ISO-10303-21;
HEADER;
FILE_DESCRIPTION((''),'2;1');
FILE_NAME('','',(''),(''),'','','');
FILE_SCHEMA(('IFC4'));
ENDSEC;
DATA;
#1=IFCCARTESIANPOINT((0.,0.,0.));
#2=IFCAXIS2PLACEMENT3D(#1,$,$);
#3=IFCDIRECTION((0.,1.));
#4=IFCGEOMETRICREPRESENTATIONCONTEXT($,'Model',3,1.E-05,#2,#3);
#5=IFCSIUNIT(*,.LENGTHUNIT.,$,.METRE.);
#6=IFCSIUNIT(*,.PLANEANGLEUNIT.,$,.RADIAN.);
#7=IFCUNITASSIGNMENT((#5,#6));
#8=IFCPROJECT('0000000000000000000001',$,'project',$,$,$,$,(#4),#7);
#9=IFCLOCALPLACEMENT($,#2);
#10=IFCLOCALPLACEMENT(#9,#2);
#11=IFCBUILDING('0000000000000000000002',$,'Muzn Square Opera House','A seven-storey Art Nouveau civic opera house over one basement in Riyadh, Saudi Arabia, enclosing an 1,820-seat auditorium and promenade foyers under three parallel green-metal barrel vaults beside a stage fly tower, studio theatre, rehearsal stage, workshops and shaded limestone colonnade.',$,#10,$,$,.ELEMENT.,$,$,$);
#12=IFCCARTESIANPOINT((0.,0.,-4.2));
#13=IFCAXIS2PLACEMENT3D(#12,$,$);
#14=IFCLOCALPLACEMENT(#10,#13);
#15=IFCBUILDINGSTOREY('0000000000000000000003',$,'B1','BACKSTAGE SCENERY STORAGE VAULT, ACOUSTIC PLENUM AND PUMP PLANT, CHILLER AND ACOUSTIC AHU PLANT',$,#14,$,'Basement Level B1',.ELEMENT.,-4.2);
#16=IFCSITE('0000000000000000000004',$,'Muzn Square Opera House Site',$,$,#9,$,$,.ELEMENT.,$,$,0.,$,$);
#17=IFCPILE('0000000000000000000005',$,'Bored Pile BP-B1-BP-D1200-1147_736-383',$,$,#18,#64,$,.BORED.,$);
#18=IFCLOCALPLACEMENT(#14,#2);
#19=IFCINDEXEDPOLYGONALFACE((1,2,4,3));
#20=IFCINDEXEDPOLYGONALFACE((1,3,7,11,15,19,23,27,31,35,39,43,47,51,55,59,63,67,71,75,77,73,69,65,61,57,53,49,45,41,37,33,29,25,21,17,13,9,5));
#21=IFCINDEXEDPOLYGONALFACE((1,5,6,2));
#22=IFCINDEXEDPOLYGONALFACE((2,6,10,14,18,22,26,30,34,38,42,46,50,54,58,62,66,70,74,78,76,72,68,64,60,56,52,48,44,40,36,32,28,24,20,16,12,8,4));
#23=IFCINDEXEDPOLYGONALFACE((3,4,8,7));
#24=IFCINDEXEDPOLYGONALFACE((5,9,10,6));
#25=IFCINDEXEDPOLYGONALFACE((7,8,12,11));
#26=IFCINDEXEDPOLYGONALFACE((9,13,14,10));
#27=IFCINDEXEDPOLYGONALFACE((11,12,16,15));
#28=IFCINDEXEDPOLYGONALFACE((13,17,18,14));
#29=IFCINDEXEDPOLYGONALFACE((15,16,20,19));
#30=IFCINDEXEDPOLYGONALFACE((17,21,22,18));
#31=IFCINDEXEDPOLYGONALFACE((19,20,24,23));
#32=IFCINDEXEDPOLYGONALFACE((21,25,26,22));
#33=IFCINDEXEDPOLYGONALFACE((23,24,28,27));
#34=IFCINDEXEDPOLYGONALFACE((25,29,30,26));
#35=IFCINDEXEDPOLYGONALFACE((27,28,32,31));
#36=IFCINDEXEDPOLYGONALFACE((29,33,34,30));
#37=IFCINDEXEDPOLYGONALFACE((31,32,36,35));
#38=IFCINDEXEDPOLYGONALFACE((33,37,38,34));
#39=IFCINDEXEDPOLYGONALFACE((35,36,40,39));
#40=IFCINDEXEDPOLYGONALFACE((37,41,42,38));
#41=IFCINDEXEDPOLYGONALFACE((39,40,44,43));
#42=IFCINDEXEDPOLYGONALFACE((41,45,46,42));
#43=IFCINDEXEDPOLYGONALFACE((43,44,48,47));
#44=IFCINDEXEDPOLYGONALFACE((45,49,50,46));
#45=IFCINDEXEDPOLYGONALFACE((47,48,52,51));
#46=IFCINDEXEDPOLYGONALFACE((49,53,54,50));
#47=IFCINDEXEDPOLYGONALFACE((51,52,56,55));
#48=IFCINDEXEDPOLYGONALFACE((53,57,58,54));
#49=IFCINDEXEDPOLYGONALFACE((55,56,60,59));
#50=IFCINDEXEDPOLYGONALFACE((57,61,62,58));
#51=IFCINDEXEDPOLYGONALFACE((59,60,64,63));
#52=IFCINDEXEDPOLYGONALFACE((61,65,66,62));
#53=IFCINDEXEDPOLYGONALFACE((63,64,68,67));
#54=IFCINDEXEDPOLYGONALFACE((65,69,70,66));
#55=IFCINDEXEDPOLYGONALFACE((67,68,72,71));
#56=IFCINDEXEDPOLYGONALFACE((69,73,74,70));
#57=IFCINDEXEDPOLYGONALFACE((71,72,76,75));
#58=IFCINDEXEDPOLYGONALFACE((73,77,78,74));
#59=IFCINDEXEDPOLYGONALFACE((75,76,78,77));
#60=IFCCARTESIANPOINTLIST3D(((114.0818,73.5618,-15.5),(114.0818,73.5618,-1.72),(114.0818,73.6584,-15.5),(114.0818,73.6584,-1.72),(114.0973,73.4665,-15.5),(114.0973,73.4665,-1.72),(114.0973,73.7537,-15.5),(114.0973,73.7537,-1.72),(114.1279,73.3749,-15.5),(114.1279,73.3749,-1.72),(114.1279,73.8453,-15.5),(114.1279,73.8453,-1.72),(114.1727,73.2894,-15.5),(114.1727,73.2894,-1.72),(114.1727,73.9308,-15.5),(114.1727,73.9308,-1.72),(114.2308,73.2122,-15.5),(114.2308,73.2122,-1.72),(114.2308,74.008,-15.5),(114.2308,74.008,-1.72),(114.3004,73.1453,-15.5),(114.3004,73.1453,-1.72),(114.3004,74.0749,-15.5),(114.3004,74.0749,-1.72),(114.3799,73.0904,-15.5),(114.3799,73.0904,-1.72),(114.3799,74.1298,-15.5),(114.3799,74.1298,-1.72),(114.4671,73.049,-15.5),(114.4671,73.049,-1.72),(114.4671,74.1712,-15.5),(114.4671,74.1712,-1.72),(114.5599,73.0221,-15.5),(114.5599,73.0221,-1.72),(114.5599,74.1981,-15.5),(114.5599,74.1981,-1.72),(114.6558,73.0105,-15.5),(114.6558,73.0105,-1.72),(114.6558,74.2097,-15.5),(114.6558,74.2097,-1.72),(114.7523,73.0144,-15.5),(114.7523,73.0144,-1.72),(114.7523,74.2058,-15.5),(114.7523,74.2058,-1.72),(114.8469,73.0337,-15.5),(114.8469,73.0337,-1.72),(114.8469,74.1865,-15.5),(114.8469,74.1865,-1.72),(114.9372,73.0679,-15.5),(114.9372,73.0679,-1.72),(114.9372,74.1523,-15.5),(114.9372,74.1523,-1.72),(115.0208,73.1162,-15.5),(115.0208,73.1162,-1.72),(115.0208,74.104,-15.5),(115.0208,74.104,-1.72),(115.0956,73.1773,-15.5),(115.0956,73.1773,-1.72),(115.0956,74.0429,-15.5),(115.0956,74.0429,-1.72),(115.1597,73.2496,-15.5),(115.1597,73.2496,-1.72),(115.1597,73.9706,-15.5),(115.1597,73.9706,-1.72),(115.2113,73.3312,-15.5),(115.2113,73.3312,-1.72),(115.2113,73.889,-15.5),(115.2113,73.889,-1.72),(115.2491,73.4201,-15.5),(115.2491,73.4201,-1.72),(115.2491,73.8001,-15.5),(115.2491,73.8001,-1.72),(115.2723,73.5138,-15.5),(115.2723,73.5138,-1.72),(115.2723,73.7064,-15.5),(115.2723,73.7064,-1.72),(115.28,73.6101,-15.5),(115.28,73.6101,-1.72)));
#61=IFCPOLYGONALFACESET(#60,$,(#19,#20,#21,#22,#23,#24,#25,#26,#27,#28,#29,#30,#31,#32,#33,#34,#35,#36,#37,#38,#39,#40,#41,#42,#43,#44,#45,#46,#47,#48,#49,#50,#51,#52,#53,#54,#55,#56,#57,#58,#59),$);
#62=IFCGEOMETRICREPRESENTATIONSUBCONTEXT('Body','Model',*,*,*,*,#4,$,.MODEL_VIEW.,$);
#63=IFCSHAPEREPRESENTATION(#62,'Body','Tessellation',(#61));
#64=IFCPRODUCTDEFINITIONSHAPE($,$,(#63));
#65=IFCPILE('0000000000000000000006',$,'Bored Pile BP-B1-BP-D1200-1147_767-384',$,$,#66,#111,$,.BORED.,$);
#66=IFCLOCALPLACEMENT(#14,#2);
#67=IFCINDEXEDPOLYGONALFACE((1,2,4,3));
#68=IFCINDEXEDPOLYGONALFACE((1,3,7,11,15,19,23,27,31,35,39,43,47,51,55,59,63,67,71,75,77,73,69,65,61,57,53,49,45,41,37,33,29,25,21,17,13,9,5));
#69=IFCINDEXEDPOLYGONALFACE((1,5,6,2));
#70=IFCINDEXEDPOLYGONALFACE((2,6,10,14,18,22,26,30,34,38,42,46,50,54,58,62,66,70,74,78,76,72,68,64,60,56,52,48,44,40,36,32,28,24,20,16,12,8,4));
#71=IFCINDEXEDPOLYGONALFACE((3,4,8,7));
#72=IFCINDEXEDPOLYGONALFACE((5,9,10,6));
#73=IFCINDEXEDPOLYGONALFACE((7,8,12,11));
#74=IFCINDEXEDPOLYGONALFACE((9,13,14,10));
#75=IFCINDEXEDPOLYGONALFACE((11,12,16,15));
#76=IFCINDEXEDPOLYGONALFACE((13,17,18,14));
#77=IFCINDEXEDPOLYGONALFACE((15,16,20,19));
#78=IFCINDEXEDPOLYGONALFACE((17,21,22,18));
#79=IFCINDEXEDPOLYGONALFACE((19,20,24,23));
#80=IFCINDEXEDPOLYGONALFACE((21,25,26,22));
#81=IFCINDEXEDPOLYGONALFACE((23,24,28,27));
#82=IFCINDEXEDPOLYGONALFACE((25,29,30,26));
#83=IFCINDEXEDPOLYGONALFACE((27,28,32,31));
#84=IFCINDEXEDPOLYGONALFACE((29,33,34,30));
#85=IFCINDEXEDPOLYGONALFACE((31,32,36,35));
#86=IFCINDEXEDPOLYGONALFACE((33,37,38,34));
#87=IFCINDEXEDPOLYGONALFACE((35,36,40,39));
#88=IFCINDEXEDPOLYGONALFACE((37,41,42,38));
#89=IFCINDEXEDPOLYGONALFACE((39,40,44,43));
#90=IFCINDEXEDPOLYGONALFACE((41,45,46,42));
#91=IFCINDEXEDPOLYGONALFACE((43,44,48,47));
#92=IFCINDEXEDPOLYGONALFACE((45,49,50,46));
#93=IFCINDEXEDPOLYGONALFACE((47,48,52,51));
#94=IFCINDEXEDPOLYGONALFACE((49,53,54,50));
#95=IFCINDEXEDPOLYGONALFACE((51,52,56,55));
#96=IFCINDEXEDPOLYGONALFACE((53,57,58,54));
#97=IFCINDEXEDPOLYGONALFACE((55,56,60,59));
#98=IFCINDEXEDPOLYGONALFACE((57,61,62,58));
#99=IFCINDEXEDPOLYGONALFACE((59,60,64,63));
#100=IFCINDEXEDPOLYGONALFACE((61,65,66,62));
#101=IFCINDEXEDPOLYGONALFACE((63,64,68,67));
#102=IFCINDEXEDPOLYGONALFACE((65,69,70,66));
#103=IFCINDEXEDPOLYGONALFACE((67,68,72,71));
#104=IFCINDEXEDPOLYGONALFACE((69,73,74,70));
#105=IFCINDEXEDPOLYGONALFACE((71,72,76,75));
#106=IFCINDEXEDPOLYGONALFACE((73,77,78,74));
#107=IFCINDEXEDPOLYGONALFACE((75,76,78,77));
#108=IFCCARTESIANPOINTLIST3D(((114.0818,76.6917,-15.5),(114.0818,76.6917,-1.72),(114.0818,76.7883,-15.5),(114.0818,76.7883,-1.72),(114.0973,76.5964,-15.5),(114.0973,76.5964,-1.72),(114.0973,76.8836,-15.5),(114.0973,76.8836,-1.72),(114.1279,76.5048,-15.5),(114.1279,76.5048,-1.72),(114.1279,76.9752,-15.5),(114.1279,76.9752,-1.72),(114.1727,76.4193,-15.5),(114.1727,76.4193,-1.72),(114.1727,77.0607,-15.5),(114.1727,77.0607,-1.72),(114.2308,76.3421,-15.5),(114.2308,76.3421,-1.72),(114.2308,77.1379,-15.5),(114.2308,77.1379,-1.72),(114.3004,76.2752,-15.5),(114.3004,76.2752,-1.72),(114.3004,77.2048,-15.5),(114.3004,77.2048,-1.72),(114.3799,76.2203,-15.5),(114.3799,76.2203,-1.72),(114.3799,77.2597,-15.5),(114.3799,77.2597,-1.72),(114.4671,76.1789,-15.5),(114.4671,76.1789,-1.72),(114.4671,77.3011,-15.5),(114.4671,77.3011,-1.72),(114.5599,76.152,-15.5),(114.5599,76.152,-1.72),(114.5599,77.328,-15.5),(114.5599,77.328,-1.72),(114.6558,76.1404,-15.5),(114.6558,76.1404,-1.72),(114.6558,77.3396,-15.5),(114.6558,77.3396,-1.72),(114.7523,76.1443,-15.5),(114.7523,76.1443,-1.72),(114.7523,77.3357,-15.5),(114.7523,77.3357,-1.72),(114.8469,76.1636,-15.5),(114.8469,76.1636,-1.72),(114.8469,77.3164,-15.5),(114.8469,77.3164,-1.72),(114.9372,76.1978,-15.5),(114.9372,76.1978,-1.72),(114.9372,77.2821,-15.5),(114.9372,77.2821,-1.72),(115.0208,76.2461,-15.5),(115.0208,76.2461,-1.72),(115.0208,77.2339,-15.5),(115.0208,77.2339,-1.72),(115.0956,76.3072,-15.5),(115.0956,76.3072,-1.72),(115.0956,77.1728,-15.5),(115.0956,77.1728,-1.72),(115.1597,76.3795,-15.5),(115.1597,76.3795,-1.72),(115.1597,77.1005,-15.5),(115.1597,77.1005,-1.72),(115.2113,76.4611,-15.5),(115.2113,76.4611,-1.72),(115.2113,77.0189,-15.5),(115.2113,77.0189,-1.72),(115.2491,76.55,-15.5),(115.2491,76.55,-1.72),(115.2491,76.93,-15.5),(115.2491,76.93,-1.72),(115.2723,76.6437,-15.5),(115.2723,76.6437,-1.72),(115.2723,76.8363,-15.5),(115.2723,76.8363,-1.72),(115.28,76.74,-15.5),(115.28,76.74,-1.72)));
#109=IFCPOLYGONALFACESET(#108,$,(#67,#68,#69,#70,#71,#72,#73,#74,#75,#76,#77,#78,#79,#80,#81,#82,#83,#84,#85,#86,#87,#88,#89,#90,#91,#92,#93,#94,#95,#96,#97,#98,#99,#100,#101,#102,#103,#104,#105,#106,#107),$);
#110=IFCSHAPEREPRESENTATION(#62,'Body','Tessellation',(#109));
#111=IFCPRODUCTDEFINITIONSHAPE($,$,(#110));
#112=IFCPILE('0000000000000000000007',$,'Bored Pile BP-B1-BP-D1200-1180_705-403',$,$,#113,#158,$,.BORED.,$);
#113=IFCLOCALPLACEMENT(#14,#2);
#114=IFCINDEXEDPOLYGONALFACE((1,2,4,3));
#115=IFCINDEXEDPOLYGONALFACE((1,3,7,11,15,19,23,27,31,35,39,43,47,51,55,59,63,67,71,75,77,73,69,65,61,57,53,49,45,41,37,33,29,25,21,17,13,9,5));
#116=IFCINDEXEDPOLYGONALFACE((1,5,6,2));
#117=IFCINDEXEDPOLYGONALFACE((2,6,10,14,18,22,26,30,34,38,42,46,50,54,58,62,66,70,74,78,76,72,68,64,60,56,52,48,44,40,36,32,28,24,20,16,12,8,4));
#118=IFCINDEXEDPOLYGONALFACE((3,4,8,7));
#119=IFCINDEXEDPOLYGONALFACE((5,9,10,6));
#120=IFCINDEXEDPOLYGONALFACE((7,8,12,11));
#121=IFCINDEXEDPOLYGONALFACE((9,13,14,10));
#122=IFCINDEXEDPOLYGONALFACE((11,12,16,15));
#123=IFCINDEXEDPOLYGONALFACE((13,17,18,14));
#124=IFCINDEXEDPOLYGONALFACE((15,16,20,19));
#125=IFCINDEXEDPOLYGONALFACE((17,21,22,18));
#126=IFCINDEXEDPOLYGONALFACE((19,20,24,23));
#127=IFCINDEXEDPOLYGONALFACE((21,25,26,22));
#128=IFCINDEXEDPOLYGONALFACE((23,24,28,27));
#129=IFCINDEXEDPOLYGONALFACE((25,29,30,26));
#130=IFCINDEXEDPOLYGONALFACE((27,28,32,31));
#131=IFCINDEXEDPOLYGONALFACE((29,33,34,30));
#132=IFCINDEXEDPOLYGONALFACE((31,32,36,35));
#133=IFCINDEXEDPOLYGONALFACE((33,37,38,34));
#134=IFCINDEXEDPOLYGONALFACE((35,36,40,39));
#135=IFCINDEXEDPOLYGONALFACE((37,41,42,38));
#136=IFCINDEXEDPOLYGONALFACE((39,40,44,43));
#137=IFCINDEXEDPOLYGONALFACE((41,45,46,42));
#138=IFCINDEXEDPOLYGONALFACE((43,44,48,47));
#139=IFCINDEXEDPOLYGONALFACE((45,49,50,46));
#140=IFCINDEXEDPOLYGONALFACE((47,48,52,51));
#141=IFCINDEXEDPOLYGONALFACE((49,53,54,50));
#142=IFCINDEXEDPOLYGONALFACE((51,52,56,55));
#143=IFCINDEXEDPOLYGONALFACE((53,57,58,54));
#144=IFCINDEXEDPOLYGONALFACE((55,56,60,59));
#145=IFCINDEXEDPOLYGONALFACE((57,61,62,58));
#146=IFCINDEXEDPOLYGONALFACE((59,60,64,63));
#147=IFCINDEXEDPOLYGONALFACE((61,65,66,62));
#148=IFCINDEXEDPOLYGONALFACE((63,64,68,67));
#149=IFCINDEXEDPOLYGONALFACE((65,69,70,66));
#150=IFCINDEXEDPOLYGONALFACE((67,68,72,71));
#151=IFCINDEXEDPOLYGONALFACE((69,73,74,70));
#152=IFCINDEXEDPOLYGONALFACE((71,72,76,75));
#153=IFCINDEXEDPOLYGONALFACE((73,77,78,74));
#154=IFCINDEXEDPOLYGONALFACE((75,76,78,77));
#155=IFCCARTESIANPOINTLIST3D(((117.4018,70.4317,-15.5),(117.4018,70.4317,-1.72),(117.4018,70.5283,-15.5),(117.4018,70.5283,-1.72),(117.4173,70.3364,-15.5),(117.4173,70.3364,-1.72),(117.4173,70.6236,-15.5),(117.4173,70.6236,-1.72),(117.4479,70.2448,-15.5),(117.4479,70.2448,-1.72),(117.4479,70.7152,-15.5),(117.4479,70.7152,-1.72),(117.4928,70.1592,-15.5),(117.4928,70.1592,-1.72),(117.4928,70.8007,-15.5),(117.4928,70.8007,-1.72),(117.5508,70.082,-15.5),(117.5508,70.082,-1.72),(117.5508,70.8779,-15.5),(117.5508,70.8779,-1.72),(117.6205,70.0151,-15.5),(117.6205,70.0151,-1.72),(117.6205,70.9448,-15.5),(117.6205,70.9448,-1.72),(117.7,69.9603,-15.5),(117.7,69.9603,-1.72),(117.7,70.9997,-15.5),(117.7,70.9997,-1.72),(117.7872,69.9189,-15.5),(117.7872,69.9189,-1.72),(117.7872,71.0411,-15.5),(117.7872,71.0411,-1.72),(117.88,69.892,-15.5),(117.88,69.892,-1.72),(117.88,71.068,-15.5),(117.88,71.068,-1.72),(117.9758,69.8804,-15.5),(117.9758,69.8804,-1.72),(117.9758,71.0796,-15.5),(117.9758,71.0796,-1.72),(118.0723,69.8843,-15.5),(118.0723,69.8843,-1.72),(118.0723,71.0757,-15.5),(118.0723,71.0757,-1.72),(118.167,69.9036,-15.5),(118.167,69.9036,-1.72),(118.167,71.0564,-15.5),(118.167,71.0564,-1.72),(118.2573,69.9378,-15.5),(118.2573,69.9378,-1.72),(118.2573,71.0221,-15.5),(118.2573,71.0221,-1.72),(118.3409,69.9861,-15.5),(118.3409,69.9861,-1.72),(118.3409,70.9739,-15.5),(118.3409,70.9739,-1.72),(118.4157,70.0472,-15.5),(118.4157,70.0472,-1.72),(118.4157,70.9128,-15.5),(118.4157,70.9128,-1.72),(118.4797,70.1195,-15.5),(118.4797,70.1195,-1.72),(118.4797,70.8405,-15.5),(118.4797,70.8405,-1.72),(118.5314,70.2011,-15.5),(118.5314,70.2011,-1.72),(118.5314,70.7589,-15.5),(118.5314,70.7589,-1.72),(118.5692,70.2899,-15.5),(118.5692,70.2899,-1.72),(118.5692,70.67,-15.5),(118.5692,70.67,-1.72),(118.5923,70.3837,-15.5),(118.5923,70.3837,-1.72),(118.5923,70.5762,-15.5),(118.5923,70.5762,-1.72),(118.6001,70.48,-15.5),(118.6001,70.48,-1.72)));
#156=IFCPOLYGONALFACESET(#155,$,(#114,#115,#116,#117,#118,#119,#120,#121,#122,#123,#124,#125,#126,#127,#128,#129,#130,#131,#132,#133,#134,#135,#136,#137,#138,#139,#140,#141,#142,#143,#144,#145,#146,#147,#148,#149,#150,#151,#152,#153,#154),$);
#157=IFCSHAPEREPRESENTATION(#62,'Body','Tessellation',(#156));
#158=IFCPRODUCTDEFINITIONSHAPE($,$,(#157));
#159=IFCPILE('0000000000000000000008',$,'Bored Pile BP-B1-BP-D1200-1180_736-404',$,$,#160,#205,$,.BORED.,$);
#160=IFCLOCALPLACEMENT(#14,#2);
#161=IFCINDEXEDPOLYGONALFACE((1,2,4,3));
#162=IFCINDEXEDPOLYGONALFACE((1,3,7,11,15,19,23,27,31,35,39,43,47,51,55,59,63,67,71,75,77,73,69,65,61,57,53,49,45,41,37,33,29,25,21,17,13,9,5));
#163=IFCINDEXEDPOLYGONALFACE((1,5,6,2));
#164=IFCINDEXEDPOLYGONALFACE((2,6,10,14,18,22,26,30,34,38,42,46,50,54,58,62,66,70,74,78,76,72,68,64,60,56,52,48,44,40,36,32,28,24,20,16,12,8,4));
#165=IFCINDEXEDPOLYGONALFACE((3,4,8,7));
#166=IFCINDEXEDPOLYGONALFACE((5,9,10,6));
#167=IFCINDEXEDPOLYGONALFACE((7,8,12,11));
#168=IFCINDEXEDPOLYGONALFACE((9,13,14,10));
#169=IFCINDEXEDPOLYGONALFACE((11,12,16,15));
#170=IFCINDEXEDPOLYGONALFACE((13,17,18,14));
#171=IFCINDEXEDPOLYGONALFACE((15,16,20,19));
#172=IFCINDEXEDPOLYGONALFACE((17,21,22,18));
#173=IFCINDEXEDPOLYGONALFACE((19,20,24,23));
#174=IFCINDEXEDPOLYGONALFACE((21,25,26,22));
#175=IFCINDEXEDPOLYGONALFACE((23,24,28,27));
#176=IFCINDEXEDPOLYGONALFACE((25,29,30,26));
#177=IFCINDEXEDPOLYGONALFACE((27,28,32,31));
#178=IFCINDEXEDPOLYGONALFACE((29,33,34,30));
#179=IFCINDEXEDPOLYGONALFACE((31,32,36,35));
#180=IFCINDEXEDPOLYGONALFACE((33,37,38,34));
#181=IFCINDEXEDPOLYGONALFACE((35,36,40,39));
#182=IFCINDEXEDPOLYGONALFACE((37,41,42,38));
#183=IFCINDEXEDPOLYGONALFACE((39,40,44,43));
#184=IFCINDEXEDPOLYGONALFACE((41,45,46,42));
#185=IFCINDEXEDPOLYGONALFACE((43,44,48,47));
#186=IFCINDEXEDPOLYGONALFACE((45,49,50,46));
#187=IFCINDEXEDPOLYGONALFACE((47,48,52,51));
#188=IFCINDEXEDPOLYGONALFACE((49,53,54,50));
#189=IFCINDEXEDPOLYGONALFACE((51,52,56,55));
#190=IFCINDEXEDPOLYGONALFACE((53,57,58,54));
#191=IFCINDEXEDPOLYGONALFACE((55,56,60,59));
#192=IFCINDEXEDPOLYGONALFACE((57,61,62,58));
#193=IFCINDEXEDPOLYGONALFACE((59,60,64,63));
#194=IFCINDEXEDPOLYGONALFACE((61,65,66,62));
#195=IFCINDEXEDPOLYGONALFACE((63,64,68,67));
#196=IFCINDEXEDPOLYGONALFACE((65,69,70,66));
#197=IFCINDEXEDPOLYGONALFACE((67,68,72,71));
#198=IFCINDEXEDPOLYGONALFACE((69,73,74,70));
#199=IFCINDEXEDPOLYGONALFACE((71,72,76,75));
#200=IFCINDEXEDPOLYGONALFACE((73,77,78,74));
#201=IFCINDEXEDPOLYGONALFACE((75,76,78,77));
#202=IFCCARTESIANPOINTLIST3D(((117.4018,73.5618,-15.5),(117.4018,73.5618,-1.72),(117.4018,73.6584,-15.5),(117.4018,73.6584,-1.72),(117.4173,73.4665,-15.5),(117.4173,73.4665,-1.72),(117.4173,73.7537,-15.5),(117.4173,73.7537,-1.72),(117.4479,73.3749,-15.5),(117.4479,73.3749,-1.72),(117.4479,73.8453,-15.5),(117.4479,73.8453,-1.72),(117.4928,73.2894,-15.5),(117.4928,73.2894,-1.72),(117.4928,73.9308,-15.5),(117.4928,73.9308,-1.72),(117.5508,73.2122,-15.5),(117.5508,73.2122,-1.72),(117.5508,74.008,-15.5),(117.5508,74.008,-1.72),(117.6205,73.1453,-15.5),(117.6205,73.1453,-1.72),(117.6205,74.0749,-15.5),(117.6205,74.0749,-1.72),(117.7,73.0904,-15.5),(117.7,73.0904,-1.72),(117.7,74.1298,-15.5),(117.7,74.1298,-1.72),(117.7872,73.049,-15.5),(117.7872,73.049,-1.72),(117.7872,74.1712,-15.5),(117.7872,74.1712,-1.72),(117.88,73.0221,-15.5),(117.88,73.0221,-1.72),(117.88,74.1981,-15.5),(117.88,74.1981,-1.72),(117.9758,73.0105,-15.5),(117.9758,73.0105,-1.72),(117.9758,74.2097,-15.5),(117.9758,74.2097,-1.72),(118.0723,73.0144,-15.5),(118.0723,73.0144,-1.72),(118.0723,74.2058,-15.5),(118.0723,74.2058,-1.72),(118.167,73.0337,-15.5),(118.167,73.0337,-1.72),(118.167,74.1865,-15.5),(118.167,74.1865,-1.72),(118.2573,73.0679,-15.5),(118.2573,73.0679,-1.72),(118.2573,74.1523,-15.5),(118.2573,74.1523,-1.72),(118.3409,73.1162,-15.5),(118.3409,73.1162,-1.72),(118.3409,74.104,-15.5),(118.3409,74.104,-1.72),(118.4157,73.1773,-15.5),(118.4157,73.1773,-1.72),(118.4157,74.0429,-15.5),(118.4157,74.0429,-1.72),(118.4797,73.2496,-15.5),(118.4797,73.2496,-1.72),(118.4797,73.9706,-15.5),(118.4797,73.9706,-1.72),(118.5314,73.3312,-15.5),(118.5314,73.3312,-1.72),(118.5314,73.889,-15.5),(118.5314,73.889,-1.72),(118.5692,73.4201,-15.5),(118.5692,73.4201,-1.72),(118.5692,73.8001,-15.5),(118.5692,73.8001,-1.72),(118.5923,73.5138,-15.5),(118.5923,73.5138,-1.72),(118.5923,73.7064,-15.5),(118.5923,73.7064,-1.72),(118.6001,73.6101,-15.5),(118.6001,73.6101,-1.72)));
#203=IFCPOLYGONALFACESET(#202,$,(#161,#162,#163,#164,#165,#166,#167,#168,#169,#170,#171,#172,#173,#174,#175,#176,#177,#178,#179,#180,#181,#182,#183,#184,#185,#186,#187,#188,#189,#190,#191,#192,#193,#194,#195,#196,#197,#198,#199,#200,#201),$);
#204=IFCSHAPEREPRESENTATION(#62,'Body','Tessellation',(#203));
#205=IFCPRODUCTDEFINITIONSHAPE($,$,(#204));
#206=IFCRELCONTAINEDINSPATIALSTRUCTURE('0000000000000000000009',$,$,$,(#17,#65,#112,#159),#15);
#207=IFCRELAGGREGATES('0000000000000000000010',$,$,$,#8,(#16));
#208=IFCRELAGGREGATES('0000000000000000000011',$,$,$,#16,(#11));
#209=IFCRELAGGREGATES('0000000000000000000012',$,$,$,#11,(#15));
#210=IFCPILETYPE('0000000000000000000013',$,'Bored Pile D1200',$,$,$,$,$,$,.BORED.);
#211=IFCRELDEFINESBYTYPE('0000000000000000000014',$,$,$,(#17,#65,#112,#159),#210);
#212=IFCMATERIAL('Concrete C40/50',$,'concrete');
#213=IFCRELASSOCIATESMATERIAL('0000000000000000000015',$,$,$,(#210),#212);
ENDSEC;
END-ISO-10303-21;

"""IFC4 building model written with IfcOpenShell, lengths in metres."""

from ifc_helpers import new_model, si_unit, direction, frame, origin, origin_2d, place, context, subcontext, project, spatial, circle, extrude, material, material_profile, profile_set, type_object, element, save


model = new_model("IFC4")

# Units and contexts
model_context = context("Model", 3, precision=1e-05, world=origin(), true_north=direction((0.0, 1.0)))
body_context = subcontext(model_context, "Body", "Model", "MODEL_VIEW")
ifc_project = project(units=[si_unit("LENGTHUNIT", "METRE"), si_unit("PLANEANGLEUNIT", "RADIAN")], contexts=[model_context])

# Site, building, storey
site_placement = place(None, origin())
site = spatial("IfcSite", under=ifc_project, at=site_placement, Name="Muzn Square Opera House Site", CompositionType="ELEMENT", RefElevation=0.0)
building_placement = place(site_placement, origin())
building = spatial("IfcBuilding", under=site, at=building_placement, Name="Muzn Square Opera House", Description="A seven-storey Art Nouveau civic opera house over one basement in Riyadh, Saudi Arabia, enclosing an 1,820-seat auditorium and promenade foyers under three parallel green-metal barrel vaults beside a stage fly tower, studio theatre, rehearsal stage, workshops and shaded limestone colonnade.", CompositionType="ELEMENT")
storey_placement = place(building_placement, frame((0.0, 0.0, -4.2)))
storey = spatial("IfcBuildingStorey", under=building, at=storey_placement, Name="B1", Description="BACKSTAGE SCENERY STORAGE VAULT, ACOUSTIC PLENUM AND PUMP PLANT, CHILLER AND ACOUSTIC AHU PLANT", LongName="Basement Level B1", CompositionType="ELEMENT", Elevation=-4.2)

# Piles
ifc_material_1 = material(Name="Concrete C40/50", Category="concrete")
ifc_material_profile_1 = material_profile(ifc_material_1, circle(Radius=0.6001, at=origin_2d()), Name="BORED PILE D1200", Category="concrete")
ifc_profile_set_1 = profile_set([ifc_material_profile_1], Name="Concrete C40/50")
pile_type = type_object("IfcPileType", Name="Bored Pile D1200", PredefinedType="BORED", material=ifc_profile_set_1)
for number, where, z_axis, x_axis, name in (
    (1, (114.6799, 73.6101, -1.72), (0.0, 0.0, -1.0), (1.0, 0.0, 0.0), "Bored Pile BP-B1-BP-D1200-1147_736-383"),
    (2, (114.6799, 76.74, -1.72), (0.0, 0.0, -1.0), (1.0, 0.0, 0.0), "Bored Pile BP-B1-BP-D1200-1147_767-384"),
    (3, (118.0, 70.48, -1.72), (0.0, 0.0, -1.0), (1.0, 0.0, 0.0), "Bored Pile BP-B1-BP-D1200-1180_705-403"),
    (4, (118.0, 73.6101, -1.72), (0.0, 0.0, -1.0), (1.0, 0.0, 0.0), "Bored Pile BP-B1-BP-D1200-1180_736-404"),
):
    element("IfcPile", number, at=place(storey_placement, frame(where, z_axis=z_axis, x_axis=x_axis)), inside=storey, type_object=pile_type, Name=name, PredefinedType="BORED", context=body_context, shape_type="SweptSolid", body=[
        extrude(circle(Radius=0.6001, at=origin_2d()), origin(), (0.0, 0.0, 1.0), 13.78),
    ])

save(model, "model.ifc")
